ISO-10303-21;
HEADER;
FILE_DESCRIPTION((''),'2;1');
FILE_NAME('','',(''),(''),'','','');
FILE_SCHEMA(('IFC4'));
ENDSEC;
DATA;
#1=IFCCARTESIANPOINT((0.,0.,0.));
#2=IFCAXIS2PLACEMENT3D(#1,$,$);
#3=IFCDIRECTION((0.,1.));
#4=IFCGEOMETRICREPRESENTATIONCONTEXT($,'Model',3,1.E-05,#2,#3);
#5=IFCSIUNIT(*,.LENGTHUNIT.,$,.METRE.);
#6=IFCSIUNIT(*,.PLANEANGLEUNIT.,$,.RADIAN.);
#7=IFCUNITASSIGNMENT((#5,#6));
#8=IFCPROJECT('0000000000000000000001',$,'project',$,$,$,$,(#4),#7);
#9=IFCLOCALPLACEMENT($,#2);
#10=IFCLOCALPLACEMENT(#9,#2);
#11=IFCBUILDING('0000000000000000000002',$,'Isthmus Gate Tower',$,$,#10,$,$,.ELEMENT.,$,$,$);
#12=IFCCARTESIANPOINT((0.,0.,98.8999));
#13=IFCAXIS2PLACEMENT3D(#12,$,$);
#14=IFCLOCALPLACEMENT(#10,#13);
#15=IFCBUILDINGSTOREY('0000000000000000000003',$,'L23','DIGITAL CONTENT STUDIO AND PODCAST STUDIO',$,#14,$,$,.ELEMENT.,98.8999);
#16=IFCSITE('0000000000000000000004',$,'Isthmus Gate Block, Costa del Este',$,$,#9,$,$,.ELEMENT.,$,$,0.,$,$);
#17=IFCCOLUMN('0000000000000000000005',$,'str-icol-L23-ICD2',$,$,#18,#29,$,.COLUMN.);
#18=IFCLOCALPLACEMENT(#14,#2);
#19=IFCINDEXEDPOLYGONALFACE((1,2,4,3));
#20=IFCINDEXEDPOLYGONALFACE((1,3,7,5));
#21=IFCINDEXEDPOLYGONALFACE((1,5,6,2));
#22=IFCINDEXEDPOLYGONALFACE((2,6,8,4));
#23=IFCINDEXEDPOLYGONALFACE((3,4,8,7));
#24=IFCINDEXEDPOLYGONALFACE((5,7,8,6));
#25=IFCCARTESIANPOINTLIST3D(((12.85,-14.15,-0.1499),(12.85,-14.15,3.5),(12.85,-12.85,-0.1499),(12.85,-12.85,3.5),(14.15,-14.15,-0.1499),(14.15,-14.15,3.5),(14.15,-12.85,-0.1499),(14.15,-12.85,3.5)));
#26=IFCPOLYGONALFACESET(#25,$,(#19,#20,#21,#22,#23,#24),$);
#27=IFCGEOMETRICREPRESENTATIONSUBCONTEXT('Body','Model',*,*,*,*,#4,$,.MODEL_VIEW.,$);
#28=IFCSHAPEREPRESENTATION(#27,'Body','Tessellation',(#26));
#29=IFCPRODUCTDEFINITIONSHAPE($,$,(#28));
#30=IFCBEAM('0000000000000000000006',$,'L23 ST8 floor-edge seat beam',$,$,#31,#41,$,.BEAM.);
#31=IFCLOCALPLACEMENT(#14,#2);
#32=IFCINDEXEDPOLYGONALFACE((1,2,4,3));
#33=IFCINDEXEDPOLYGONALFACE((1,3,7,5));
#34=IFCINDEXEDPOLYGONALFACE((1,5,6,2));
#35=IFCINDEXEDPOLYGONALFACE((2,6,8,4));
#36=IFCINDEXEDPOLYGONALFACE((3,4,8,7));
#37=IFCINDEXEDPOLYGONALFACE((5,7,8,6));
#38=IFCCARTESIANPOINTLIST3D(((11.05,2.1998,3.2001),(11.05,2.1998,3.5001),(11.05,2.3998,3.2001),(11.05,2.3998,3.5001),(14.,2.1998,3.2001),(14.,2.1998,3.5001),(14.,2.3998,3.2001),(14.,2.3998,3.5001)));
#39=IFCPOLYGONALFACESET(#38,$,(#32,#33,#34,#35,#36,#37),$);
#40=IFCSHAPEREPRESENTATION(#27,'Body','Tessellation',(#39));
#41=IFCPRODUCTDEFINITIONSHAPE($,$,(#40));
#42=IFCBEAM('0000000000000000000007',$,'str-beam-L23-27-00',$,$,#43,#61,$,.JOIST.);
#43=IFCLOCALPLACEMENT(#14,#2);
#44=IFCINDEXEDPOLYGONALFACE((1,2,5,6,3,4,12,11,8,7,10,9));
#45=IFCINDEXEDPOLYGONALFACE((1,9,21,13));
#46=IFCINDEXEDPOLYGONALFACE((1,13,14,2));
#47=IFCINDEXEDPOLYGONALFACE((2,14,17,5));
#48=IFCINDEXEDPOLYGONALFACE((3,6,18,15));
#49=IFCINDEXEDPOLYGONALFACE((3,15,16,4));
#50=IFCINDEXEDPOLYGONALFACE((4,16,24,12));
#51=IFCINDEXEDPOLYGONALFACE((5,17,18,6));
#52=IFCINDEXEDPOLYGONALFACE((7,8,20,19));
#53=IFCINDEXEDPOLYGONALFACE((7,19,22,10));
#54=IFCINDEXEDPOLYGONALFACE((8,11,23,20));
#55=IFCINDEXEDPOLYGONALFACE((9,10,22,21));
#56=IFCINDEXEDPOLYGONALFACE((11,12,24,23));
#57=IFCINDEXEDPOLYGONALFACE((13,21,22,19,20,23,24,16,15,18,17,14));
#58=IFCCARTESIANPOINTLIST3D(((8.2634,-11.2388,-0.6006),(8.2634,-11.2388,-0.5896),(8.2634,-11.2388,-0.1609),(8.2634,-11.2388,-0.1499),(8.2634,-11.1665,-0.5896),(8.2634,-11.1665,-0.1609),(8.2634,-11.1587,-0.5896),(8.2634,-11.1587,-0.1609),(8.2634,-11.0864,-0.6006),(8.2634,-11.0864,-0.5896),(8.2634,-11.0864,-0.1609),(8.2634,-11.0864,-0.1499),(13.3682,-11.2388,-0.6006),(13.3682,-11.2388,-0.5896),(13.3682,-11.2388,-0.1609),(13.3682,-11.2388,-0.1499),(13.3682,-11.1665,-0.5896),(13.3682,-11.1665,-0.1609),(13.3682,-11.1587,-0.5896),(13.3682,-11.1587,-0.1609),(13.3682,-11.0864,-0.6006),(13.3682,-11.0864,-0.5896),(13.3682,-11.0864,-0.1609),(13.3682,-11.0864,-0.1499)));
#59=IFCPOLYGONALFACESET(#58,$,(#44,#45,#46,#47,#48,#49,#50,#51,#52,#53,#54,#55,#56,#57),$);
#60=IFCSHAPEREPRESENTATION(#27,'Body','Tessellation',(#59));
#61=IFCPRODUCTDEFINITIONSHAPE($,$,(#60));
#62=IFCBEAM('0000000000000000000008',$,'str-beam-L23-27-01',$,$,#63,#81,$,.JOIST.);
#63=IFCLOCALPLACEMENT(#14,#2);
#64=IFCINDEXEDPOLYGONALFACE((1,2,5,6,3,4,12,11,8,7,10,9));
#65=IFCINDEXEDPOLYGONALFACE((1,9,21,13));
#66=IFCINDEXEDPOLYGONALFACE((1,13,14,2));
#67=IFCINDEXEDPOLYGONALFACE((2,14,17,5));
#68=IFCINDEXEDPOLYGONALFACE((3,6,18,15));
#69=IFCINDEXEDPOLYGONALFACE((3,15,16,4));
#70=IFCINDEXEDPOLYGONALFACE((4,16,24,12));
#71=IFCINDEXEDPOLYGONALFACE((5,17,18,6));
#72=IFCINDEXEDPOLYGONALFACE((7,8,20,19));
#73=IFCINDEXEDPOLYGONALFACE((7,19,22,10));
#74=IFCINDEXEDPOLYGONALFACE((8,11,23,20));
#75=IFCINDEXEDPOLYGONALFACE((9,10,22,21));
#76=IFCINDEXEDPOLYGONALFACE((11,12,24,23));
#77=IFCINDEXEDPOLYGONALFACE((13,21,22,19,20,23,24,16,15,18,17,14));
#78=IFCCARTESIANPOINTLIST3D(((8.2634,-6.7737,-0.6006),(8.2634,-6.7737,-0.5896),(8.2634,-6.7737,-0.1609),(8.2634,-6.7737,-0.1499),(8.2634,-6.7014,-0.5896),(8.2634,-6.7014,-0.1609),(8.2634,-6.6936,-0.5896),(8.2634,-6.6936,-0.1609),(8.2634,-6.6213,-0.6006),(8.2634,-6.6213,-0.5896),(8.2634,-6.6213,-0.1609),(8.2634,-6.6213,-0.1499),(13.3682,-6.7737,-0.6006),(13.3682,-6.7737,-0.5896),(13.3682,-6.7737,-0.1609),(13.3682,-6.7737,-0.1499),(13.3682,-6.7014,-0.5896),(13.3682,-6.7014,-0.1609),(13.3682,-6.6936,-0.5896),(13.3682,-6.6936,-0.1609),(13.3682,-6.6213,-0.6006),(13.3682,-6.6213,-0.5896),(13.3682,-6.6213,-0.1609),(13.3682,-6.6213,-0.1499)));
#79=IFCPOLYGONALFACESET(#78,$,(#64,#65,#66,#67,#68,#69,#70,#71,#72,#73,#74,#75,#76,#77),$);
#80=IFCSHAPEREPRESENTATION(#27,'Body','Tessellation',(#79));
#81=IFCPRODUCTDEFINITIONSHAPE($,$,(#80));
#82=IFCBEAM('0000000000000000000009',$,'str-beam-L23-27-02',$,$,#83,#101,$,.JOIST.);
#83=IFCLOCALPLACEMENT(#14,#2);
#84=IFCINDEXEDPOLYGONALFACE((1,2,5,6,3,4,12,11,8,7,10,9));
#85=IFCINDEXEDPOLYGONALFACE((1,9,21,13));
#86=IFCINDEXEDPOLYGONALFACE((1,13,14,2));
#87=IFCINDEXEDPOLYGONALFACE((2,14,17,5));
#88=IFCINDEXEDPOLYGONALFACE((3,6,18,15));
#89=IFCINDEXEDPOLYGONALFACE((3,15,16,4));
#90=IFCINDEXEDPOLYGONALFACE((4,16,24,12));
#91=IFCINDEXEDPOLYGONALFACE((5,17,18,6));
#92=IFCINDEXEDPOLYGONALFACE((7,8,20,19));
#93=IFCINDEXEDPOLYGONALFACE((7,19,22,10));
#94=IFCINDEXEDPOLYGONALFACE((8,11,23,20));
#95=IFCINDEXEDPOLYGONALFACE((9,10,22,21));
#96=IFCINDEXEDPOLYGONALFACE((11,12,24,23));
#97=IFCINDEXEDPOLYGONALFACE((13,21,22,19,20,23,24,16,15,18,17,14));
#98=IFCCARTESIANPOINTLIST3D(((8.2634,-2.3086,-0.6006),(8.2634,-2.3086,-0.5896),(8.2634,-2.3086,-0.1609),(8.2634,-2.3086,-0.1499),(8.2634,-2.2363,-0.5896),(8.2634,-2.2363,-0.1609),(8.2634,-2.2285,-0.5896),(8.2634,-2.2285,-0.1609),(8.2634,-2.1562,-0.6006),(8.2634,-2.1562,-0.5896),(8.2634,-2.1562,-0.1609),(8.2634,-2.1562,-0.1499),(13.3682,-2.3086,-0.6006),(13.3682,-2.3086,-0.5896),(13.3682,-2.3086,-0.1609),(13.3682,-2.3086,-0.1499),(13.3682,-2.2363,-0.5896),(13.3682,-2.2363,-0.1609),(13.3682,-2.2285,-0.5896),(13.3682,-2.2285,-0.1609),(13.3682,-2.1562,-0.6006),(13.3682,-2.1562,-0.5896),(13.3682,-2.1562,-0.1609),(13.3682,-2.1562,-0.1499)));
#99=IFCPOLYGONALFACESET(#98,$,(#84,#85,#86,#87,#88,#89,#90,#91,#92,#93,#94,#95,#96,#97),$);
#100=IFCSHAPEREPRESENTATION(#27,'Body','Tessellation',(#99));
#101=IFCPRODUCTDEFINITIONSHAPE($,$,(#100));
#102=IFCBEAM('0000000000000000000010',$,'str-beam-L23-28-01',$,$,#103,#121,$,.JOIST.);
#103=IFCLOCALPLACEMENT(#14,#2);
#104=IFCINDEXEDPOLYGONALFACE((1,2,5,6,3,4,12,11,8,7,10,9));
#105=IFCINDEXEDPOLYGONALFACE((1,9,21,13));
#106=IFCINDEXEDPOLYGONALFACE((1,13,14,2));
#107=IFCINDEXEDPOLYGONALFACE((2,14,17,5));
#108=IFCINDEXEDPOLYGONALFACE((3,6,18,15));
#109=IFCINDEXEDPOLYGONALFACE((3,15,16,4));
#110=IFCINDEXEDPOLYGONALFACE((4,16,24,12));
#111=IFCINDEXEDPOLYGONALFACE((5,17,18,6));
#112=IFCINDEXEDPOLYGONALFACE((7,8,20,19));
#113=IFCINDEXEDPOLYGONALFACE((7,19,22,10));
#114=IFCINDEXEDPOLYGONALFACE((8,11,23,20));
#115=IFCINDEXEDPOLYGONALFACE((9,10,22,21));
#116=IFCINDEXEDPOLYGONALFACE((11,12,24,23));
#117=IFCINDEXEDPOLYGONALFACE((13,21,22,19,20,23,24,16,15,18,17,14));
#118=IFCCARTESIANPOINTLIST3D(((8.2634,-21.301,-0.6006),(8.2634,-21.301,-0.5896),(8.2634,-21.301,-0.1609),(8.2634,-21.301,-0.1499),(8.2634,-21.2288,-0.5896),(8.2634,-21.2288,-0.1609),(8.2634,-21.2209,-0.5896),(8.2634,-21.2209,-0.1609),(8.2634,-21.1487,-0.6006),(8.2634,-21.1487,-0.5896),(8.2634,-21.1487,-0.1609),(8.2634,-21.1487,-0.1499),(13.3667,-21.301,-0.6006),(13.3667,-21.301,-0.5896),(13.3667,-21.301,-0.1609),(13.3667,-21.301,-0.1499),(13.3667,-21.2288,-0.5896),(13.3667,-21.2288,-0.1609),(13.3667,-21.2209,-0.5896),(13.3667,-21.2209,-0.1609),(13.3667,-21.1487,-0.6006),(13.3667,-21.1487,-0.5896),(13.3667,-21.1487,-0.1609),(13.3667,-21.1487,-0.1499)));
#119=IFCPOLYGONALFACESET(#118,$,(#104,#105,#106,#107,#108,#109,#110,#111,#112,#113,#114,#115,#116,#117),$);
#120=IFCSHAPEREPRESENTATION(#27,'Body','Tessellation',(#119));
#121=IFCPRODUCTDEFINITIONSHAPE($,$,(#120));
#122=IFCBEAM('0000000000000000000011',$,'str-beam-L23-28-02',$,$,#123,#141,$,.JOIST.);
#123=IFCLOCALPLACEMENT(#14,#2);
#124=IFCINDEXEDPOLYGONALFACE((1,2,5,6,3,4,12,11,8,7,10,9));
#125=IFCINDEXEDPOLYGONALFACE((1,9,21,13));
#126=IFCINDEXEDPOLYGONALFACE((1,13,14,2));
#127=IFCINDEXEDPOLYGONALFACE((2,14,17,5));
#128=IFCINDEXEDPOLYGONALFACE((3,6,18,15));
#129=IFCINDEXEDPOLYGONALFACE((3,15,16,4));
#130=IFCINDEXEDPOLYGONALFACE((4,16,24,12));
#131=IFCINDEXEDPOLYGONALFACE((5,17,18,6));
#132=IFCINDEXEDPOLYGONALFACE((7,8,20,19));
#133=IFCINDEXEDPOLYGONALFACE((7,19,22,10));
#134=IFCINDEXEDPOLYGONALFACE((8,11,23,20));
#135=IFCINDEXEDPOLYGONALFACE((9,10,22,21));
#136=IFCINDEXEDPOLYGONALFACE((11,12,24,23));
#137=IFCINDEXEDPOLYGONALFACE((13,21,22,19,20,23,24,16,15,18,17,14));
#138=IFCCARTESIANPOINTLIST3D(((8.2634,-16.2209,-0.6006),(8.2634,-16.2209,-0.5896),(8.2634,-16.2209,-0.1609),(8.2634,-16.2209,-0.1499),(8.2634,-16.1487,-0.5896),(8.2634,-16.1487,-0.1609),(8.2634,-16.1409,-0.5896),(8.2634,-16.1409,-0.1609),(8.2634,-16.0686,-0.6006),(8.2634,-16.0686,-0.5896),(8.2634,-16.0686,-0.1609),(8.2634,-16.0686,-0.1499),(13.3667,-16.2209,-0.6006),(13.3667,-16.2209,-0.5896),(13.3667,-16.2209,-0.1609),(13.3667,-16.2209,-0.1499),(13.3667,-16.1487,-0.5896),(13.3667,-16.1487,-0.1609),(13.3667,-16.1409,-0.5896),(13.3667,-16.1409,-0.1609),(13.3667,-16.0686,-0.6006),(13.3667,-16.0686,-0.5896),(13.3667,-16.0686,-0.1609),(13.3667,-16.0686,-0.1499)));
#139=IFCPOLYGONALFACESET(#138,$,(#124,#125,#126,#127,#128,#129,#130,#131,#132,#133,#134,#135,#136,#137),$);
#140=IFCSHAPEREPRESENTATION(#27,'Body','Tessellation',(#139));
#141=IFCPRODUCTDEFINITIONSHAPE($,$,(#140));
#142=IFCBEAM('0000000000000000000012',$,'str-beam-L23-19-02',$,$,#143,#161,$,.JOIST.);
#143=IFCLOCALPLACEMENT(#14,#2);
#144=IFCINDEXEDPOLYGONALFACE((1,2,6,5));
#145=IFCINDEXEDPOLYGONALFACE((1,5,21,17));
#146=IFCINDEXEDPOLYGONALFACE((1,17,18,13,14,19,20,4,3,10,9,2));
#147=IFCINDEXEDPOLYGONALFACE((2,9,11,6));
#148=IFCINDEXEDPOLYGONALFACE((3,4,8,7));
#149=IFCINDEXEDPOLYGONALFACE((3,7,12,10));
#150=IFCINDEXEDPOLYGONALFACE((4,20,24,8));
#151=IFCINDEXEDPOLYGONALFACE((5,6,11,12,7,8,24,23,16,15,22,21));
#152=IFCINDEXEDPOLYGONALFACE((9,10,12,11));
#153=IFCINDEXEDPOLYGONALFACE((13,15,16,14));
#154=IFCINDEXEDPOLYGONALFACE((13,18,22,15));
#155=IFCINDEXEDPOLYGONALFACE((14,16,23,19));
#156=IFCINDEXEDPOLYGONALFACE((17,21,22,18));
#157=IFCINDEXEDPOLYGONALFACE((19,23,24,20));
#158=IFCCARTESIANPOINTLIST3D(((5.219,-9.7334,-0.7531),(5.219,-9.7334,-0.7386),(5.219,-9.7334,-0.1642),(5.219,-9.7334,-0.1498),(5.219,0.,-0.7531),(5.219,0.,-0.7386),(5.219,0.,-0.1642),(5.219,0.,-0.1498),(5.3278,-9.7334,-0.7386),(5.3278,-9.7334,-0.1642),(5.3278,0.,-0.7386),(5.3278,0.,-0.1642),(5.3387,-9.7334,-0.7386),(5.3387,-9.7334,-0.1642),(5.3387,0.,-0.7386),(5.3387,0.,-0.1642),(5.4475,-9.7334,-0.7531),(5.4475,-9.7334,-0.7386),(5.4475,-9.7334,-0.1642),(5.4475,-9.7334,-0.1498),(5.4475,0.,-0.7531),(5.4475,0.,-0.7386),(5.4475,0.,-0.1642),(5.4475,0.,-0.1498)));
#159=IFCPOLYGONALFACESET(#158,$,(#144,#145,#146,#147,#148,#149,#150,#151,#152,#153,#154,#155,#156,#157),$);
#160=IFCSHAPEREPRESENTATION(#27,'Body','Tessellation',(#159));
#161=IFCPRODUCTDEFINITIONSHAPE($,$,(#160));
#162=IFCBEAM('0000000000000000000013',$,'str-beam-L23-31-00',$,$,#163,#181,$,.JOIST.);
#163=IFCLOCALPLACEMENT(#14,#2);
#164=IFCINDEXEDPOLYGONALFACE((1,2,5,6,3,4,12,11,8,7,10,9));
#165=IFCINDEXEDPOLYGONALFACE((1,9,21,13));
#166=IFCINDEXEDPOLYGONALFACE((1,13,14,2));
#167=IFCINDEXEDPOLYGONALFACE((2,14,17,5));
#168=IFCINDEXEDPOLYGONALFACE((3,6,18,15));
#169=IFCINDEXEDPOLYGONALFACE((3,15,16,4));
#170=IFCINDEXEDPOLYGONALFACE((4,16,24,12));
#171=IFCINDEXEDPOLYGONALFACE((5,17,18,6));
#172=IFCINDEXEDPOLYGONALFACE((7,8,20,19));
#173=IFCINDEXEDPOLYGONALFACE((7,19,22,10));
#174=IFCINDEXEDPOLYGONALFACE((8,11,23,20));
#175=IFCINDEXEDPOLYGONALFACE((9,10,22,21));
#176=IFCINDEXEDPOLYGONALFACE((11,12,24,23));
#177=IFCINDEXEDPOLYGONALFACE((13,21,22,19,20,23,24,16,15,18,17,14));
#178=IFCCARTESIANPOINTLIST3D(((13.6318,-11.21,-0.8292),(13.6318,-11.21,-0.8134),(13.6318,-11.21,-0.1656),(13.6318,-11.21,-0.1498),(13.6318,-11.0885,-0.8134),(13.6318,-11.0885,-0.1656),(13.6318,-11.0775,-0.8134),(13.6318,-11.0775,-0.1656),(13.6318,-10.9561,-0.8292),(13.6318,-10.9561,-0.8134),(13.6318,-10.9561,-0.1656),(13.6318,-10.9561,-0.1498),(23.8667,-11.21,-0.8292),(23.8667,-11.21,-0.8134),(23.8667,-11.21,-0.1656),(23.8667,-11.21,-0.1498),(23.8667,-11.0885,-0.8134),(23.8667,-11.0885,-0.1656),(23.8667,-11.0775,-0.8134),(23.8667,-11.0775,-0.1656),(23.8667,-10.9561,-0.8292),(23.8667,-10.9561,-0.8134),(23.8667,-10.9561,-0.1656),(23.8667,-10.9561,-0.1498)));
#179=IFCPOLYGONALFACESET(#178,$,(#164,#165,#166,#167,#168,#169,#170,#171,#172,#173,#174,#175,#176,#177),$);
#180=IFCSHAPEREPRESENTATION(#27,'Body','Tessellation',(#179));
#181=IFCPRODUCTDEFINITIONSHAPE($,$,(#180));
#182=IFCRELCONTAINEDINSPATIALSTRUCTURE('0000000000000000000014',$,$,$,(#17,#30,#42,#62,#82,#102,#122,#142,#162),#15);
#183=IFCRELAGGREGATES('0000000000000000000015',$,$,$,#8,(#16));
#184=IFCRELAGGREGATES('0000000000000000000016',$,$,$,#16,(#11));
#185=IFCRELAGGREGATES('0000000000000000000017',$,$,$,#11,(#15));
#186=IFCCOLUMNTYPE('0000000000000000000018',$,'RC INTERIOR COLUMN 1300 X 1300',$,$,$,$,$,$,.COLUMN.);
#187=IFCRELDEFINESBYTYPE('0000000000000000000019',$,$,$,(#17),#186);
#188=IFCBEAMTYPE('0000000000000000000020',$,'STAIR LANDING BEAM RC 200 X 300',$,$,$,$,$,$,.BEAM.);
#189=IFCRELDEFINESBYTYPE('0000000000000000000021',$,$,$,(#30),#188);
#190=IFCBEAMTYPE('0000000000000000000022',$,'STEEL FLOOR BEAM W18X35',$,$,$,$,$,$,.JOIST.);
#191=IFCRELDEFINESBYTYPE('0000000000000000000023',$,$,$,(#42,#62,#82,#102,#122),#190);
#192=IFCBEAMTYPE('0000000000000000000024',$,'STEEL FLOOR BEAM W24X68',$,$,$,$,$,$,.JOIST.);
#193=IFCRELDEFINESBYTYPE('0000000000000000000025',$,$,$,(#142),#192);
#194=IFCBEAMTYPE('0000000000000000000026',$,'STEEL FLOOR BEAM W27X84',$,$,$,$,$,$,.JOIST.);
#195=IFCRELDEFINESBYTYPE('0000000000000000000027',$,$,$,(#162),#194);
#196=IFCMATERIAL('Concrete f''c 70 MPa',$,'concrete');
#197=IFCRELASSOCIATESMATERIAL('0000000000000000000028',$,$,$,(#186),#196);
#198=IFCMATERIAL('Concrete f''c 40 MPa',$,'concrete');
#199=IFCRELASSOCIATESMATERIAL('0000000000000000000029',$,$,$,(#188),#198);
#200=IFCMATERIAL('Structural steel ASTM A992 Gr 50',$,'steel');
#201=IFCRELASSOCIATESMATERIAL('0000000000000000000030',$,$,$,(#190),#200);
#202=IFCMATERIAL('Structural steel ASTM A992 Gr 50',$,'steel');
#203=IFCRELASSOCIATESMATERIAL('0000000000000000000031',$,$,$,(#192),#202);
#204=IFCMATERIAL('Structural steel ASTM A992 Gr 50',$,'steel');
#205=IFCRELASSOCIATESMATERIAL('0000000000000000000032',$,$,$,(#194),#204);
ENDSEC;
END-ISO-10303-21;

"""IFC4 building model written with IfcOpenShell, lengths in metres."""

from ifc_helpers import new_model, si_unit, direction, frame, origin, origin_2d, place, context, subcontext, project, spatial, rectangle, i_section, extrude, material, material_profile, profile_set, type_object, element, save


model = new_model("IFC4")

# Units and contexts
model_context = context("Model", 3, precision=1e-05, world=origin(), true_north=direction((0.0, 1.0)))
body_context = subcontext(model_context, "Body", "Model", "MODEL_VIEW")
ifc_project = project(units=[si_unit("LENGTHUNIT", "METRE"), si_unit("PLANEANGLEUNIT", "RADIAN")], contexts=[model_context])

# Site, building, storey
site_placement = place(None, origin())
site = spatial("IfcSite", under=ifc_project, at=site_placement, Name="Isthmus Gate Block, Costa del Este", CompositionType="ELEMENT", RefElevation=0.0)
building_placement = place(site_placement, origin())
building = spatial("IfcBuilding", under=site, at=building_placement, Name="Isthmus Gate Tower", CompositionType="ELEMENT")
storey_placement = place(building_placement, frame((0.0, 0.0, 98.8999)))
storey = spatial("IfcBuildingStorey", under=building, at=storey_placement, Name="L23", Description="DIGITAL CONTENT STUDIO AND PODCAST STUDIO", CompositionType="ELEMENT", Elevation=98.8999)

# Column
ifc_material_1 = material(Name="Concrete f'c 70 MPa", Category="concrete")
ifc_material_profile_1 = material_profile(ifc_material_1, rectangle(XDim=1.3, YDim=1.3, at=origin_2d()), Name="RC 1300X1300")
ifc_profile_set_1 = profile_set([ifc_material_profile_1], Name="Concrete f'c 70 MPa")
column_type = type_object("IfcColumnType", Name="RC INTERIOR COLUMN 1300 X 1300", PredefinedType="COLUMN", material=ifc_profile_set_1)
column_placement = place(storey_placement, frame((13.5, -13.5, -0.1499), z_axis=(0.0, 0.0, 1.0), x_axis=(1.0, 0.0, 0.0)))
element("IfcColumn", 1, at=column_placement, inside=storey, type_object=column_type, Name="str-icol-L23-ICD2", PredefinedType="COLUMN", context=body_context, shape_type="SweptSolid", body=[
    extrude(rectangle(XDim=1.3, YDim=1.3, at=origin_2d()), origin(), (0.0, 0.0, 1.0), 3.6499),
])

# Beams
ifc_material_2 = material(Name="Concrete f'c 40 MPa", Category="concrete")
ifc_material_profile_2 = material_profile(ifc_material_2, rectangle(XDim=0.2, YDim=0.3, at=origin_2d()), Name="STAIR LANDING BEAM RC 200 X 300")
ifc_profile_set_2 = profile_set([ifc_material_profile_2], Name="Concrete f'c 40 MPa")
beam_type_1 = type_object("IfcBeamType", Name="STAIR LANDING BEAM RC 200 X 300", PredefinedType="BEAM", material=ifc_profile_set_2)
beam_1_placement = place(storey_placement, frame((11.05, 2.2998, 3.3501), z_axis=(1.0, 0.0, 0.0), x_axis=(0.0, 1.0, 0.0)))
element("IfcBeam", 2, at=beam_1_placement, inside=storey, type_object=beam_type_1, Name="L23 ST8 floor-edge seat beam", PredefinedType="BEAM", context=body_context, shape_type="SweptSolid", body=[
    extrude(rectangle(XDim=0.2, YDim=0.3, at=origin_2d()), origin(), (0.0, 0.0, 1.0), 2.95),
])
ifc_material_3 = material(Name="Structural steel ASTM A992 Gr 50", Category="steel")
ifc_material_profile_3 = material_profile(ifc_material_3, i_section(OverallWidth=0.1523, OverallDepth=0.4507, WebThickness=0.0078, FlangeThickness=0.011, at=origin_2d()), Name="W18X35")
ifc_profile_set_3 = profile_set([ifc_material_profile_3], Name="Structural steel ASTM A992 Gr 50")
beam_type_2 = type_object("IfcBeamType", Name="STEEL FLOOR BEAM W18X35", PredefinedType="JOIST", material=ifc_profile_set_3)
for number, where, z_axis, x_axis, name in (
    (3, (8.2634, -11.1626, -0.3752), (1.0, 0.0, 0.0), (0.0, 1.0, 0.0), "str-beam-L23-27-00"),
    (4, (8.2634, -6.6975, -0.3752), (1.0, 0.0, 0.0), (0.0, 1.0, 0.0), "str-beam-L23-27-01"),
    (5, (8.2634, -2.2324, -0.3752), (1.0, 0.0, 0.0), (0.0, 1.0, 0.0), "str-beam-L23-27-02"),
):
    element("IfcBeam", number, at=place(storey_placement, frame(where, z_axis=z_axis, x_axis=x_axis)), inside=storey, type_object=beam_type_2, Name=name, PredefinedType="JOIST", context=body_context, shape_type="SweptSolid", body=[
        extrude(i_section(OverallWidth=0.1523, OverallDepth=0.4507, WebThickness=0.0078, FlangeThickness=0.011, at=origin_2d()), origin(), (0.0, 0.0, 1.0), 5.1047),
    ])
for number, where, z_axis, x_axis, name in (
    (6, (8.2634, -21.2249, -0.3752), (1.0, 0.0, 0.0), (0.0, 1.0, 0.0), "str-beam-L23-28-01"),
    (7, (8.2634, -16.1448, -0.3752), (1.0, 0.0, 0.0), (0.0, 1.0, 0.0), "str-beam-L23-28-02"),
):
    element("IfcBeam", number, at=place(storey_placement, frame(where, z_axis=z_axis, x_axis=x_axis)), inside=storey, type_object=beam_type_2, Name=name, PredefinedType="JOIST", context=body_context, shape_type="SweptSolid", body=[
        extrude(i_section(OverallWidth=0.1523, OverallDepth=0.4507, WebThickness=0.0078, FlangeThickness=0.011, at=origin_2d()), origin(), (0.0, 0.0, 1.0), 5.1033),
    ])
ifc_material_4 = material(Name="Structural steel ASTM A992 Gr 50", Category="steel")
ifc_material_profile_4 = material_profile(ifc_material_4, i_section(OverallWidth=0.2285, OverallDepth=0.6033, WebThickness=0.011, FlangeThickness=0.0144, at=origin_2d()), Name="W24X68")
ifc_profile_set_4 = profile_set([ifc_material_profile_4], Name="Structural steel ASTM A992 Gr 50")
beam_type_3 = type_object("IfcBeamType", Name="STEEL FLOOR BEAM W24X68", PredefinedType="JOIST", material=ifc_profile_set_4)
beam_2_placement = place(storey_placement, frame((5.3333, -9.7334, -0.4514), z_axis=(0.0, 1.0, 0.0), x_axis=(-1.0, 0.0, 0.0)))
element("IfcBeam", 8, at=beam_2_placement, inside=storey, type_object=beam_type_3, Name="str-beam-L23-19-02", PredefinedType="JOIST", context=body_context, shape_type="SweptSolid", body=[
    extrude(i_section(OverallWidth=0.2285, OverallDepth=0.6033, WebThickness=0.011, FlangeThickness=0.0144, at=origin_2d()), origin(), (0.0, 0.0, 1.0), 9.7334),
])
ifc_material_5 = material(Name="Structural steel ASTM A992 Gr 50", Category="steel")
ifc_material_profile_5 = material_profile(ifc_material_5, i_section(OverallWidth=0.2539, OverallDepth=0.6794, WebThickness=0.011, FlangeThickness=0.0159, at=origin_2d()), Name="W27X84")
ifc_profile_set_5 = profile_set([ifc_material_profile_5], Name="Structural steel ASTM A992 Gr 50")
beam_type_4 = type_object("IfcBeamType", Name="STEEL FLOOR BEAM W27X84", PredefinedType="JOIST", material=ifc_profile_set_5)
for number, where, z_axis, x_axis, name in (
    (9, (13.6318, -11.083, -0.4895), (1.0, 0.0, 0.0), (0.0, 1.0, 0.0), "str-beam-L23-31-00"),
):
    element("IfcBeam", number, at=place(storey_placement, frame(where, z_axis=z_axis, x_axis=x_axis)), inside=storey, type_object=beam_type_4, Name=name, PredefinedType="JOIST", context=body_context, shape_type="SweptSolid", body=[
        extrude(i_section(OverallWidth=0.2539, OverallDepth=0.6794, WebThickness=0.011, FlangeThickness=0.0159, at=origin_2d()), origin(), (0.0, 0.0, 1.0), 10.2349),
    ])

save(model, "model.ifc")
